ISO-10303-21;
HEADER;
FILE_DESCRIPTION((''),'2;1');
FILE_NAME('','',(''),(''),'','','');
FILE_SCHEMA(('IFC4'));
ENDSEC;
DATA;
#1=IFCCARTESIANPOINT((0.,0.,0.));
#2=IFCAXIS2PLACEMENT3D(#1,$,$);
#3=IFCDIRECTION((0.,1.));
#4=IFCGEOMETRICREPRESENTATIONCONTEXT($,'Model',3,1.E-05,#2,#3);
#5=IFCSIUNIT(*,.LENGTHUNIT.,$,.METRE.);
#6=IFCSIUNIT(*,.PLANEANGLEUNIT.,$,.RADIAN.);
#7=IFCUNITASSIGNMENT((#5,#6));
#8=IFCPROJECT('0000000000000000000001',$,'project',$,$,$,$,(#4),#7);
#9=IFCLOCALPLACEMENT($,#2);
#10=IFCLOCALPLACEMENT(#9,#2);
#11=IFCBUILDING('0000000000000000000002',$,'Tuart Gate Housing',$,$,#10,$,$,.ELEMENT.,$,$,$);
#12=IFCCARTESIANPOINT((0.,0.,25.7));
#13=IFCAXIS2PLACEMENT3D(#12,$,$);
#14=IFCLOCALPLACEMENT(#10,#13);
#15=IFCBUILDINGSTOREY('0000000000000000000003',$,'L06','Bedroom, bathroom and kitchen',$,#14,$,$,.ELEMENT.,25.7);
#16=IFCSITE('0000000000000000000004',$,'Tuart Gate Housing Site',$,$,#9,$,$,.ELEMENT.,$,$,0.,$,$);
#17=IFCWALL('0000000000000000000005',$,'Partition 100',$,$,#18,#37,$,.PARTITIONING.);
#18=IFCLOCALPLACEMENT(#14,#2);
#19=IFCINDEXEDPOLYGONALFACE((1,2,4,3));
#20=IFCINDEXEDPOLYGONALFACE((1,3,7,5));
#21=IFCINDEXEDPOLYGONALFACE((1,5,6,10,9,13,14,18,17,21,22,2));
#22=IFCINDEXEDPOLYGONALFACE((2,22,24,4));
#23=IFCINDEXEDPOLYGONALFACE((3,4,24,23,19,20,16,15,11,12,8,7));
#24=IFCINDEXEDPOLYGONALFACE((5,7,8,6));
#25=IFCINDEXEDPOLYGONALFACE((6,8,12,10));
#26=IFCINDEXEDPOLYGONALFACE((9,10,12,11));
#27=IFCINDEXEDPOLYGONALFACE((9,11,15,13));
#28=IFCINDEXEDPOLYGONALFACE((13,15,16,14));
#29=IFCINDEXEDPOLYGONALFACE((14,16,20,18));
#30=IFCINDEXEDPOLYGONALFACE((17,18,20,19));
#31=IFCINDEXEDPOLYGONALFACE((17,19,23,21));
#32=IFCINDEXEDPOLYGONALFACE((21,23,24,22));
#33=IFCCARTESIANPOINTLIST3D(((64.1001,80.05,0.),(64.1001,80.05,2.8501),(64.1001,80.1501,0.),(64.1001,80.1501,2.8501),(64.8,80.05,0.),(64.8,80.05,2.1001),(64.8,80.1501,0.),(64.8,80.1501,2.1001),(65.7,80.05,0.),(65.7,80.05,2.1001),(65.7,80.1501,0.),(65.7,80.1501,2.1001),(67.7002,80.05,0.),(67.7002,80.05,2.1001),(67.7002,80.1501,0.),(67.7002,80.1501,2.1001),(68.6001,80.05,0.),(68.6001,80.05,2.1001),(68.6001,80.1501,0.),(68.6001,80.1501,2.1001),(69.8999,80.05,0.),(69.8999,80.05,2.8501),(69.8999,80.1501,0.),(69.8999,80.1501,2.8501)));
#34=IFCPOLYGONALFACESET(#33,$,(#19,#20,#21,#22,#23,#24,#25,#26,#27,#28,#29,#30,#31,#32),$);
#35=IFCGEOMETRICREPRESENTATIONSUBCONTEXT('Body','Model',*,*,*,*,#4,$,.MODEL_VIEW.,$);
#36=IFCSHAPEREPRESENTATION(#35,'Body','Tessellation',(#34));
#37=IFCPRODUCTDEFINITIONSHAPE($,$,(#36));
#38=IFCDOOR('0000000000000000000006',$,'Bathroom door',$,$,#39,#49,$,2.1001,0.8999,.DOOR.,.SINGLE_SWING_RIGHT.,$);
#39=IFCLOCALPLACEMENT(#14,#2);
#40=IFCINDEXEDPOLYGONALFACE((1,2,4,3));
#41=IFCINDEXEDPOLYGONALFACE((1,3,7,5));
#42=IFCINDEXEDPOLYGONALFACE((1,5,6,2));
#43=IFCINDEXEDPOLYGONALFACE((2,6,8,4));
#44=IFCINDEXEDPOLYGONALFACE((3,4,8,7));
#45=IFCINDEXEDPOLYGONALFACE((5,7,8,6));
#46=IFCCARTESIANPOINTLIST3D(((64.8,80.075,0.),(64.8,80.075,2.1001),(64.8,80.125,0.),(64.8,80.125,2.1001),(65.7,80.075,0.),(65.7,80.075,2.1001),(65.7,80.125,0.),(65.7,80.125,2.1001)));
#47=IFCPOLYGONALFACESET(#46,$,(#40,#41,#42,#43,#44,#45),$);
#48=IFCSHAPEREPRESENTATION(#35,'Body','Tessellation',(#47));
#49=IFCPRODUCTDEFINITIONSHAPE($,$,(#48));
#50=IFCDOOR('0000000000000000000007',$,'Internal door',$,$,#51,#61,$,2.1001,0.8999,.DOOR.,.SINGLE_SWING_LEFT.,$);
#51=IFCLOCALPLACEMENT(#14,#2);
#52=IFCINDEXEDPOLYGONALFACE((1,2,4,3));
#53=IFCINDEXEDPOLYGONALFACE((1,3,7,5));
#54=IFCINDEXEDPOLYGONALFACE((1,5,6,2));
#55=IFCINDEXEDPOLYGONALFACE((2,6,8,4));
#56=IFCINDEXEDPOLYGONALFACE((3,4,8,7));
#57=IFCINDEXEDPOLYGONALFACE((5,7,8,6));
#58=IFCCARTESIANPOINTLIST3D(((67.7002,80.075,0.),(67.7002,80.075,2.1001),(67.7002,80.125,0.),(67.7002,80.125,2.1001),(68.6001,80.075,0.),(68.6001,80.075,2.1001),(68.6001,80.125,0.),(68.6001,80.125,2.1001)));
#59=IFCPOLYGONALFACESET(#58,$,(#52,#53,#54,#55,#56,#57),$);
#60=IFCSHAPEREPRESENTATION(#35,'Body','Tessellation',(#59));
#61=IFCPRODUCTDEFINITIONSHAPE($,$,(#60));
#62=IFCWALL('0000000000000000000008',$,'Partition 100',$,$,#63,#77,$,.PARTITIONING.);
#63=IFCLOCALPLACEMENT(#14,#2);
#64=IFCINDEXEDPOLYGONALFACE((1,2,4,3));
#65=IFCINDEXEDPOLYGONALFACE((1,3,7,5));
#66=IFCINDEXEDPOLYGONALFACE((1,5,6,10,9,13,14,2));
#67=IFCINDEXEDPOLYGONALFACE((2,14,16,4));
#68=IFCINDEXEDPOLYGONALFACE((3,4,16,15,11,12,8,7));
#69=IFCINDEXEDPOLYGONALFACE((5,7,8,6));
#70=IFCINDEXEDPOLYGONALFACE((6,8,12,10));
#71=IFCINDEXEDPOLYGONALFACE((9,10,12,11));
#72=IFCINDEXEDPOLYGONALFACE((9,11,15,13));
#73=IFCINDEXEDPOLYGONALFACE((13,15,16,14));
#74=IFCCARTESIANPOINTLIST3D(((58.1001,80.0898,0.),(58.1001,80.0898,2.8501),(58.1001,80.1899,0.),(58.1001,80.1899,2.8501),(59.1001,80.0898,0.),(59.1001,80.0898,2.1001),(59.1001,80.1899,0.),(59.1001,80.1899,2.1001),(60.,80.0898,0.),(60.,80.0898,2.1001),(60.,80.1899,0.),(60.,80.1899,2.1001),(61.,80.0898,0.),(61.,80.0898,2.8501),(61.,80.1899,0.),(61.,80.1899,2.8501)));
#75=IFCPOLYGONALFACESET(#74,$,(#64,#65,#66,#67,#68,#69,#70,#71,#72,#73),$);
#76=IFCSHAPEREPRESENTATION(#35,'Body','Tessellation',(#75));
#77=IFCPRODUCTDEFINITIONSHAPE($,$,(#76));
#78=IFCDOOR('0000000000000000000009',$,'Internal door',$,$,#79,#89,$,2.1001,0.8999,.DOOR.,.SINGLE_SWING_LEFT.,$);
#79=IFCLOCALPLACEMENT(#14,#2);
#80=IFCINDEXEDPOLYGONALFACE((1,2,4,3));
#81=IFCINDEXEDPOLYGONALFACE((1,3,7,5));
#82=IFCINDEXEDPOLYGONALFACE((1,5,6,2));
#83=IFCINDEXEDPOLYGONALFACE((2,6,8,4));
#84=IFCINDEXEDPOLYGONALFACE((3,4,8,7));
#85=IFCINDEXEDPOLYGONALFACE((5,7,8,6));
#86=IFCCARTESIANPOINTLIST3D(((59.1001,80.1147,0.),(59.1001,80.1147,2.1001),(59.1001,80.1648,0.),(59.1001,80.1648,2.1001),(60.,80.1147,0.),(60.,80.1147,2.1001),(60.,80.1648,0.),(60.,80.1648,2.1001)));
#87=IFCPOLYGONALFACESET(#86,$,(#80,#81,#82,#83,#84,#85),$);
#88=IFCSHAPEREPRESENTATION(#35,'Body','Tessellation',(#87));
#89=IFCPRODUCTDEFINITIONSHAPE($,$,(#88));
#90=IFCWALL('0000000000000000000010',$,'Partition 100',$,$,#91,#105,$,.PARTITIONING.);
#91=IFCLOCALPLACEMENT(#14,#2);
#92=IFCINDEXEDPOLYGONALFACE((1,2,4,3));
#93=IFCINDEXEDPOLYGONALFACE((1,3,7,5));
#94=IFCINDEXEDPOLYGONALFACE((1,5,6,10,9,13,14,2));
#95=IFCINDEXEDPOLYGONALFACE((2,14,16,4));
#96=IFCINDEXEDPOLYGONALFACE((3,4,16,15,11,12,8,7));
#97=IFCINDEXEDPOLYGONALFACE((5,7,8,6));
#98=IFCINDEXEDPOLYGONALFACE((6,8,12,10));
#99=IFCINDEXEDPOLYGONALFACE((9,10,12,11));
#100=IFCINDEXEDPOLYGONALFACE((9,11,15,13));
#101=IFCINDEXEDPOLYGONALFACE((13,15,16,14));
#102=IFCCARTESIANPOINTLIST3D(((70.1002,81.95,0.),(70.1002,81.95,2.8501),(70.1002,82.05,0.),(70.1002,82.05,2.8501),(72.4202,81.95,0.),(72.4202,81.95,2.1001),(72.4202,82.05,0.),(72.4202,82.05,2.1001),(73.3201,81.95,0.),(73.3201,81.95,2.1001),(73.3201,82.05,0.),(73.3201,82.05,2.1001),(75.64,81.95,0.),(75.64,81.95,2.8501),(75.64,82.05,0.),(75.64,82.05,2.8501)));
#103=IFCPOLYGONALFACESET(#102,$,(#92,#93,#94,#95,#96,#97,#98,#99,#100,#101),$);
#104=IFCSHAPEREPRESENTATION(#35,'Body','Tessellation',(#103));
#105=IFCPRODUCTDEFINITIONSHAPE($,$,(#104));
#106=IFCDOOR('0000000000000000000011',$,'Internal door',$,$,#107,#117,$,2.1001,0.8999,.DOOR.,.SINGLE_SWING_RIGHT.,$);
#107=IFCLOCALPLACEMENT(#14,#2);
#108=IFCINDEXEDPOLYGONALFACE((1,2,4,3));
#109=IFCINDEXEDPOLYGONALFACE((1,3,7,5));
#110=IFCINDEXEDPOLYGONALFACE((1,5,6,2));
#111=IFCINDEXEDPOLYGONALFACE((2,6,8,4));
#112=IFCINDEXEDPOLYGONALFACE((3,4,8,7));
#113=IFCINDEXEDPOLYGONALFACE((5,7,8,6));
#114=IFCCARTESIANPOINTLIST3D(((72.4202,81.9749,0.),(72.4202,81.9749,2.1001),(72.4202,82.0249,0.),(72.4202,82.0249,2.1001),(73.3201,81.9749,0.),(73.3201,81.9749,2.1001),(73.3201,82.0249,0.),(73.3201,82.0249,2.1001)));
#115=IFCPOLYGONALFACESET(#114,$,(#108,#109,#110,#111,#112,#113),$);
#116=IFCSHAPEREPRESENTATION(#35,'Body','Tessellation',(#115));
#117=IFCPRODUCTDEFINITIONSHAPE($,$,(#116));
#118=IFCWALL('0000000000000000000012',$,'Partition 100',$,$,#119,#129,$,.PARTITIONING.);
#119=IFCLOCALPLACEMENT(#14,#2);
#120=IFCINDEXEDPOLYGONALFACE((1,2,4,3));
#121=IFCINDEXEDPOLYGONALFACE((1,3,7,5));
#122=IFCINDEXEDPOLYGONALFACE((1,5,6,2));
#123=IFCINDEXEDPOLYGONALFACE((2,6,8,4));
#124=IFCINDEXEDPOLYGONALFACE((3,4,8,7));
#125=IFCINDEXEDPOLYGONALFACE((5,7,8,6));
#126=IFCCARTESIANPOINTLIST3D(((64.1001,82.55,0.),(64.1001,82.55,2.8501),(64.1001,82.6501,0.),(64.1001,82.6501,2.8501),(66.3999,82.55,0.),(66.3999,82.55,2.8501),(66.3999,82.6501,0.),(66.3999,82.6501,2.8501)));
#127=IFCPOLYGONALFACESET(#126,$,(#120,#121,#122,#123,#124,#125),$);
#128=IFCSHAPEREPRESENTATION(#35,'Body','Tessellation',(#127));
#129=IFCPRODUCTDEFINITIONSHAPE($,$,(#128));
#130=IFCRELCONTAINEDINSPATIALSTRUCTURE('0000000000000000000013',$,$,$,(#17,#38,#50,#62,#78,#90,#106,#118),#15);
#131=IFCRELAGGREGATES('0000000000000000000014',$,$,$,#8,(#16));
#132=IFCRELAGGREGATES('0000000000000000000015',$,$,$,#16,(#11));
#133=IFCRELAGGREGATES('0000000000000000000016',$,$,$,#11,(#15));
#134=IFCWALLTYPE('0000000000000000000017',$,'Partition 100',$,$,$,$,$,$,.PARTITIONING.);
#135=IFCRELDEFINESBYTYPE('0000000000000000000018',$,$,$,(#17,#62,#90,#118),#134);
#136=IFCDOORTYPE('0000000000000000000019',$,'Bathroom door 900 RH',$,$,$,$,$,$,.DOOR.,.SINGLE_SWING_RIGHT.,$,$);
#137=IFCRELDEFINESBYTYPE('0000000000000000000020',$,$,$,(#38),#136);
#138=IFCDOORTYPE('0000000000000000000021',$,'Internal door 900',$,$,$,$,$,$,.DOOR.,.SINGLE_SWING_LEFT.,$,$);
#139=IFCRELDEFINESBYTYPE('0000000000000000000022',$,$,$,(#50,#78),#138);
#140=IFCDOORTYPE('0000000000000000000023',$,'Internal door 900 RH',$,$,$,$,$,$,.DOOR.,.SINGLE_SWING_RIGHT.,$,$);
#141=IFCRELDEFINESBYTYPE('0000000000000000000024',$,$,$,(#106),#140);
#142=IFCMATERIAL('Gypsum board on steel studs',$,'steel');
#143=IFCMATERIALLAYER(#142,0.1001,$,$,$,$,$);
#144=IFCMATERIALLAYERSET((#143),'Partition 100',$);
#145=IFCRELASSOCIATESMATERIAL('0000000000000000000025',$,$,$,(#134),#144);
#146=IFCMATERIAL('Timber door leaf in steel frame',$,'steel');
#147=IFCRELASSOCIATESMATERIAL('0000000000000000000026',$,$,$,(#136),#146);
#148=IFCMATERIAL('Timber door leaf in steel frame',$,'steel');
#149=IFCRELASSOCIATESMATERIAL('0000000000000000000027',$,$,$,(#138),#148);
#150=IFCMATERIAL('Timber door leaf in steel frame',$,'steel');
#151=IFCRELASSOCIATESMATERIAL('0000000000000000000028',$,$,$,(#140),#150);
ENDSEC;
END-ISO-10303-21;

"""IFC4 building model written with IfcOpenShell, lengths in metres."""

from ifc_helpers import new_model, si_unit, direction, frame, frame_2d, origin, place, context, subcontext, project, spatial, rectangle, extrude, material, layer, layer_set, type_object, element, fill, save


model = new_model("IFC4")

# Units and contexts
model_context = context("Model", 3, precision=1e-05, world=origin(), true_north=direction((0.0, 1.0)))
body_context = subcontext(model_context, "Body", "Model", "MODEL_VIEW")
ifc_project = project(units=[si_unit("LENGTHUNIT", "METRE"), si_unit("PLANEANGLEUNIT", "RADIAN")], contexts=[model_context])

# Site, building, storey
site_placement = place(None, origin())
site = spatial("IfcSite", under=ifc_project, at=site_placement, Name="Tuart Gate Housing Site", CompositionType="ELEMENT", RefElevation=0.0)
building_placement = place(site_placement, origin())
building = spatial("IfcBuilding", under=site, at=building_placement, Name="Tuart Gate Housing", CompositionType="ELEMENT")
storey_placement = place(building_placement, frame((0.0, 0.0, 25.7)))
storey = spatial("IfcBuildingStorey", under=building, at=storey_placement, Name="L06", Description="Bedroom, bathroom and kitchen", CompositionType="ELEMENT", Elevation=25.7)

# Shared definitions
ifc_material_1 = material(Name="Gypsum board on steel studs", Category="steel")
ifc_layer_1 = layer(ifc_material_1, 0.1001)
ifc_layer_set_1 = layer_set([ifc_layer_1], Name="Partition 100")
wall_type_1 = type_object("IfcWallType", Name="Partition 100", PredefinedType="PARTITIONING", material=ifc_layer_set_1)

# Wall, openings, doors
wall_1_placement = place(storey_placement, frame((64.1001, 80.1001, 0.0), z_axis=(0.0, 0.0, 1.0), x_axis=(1.0, 0.0, 0.0)))
wall_1 = element("IfcWall", 1, at=wall_1_placement, inside=storey, type_object=wall_type_1, Name="Partition 100", PredefinedType="PARTITIONING", context=body_context, shape_type="SweptSolid", body=[
    extrude(rectangle(XDim=5.7998, YDim=0.1001, at=frame_2d((2.8999, 0.0))), origin(), (0.0, 0.0, 1.0), 2.8501),
])
opening_1_placement = place(wall_1_placement, frame((3.6001, 0.0, 0.0)))
opening_1 = element("IfcOpeningElement", 2, at=opening_1_placement, cuts=wall_1, PredefinedType="OPENING", context=body_context, shape_type="SweptSolid", body=[
    extrude(rectangle(XDim=0.8999, YDim=2.1001, at=frame_2d((0.45, 1.05))), frame((0.0, 0.0601, 0.0), z_axis=(0.0, -1.0, 0.0), x_axis=(1.0, 0.0, 0.0)), (0.0, 0.0, 1.0), 0.1201),
])
opening_2_placement = place(wall_1_placement, frame((0.7, 0.0, 0.0)))
opening_2 = element("IfcOpeningElement", 3, at=opening_2_placement, cuts=wall_1, PredefinedType="OPENING", context=body_context, shape_type="SweptSolid", body=[
    extrude(rectangle(XDim=0.8999, YDim=2.1001, at=frame_2d((0.45, 1.05))), frame((0.0, 0.0601, 0.0), z_axis=(0.0, -1.0, 0.0), x_axis=(1.0, 0.0, 0.0)), (0.0, 0.0, 1.0), 0.1201),
])
ifc_material_2 = material(Name="Timber door leaf in steel frame", Category="steel")
door_type_1 = type_object("IfcDoorType", Name="Bathroom door 900 RH", OperationType="SINGLE_SWING_RIGHT", PredefinedType="DOOR", material=ifc_material_2)
door_1_placement = place(opening_2_placement, origin())
door_1 = element("IfcDoor", 4, at=door_1_placement, inside=storey, type_object=door_type_1, Name="Bathroom door", OperationType="SINGLE_SWING_RIGHT", OverallHeight=2.1001, OverallWidth=0.8999, PredefinedType="DOOR", context=body_context, shape_type="SweptSolid", body=[
    extrude(rectangle(XDim=0.8999, YDim=2.1001, at=frame_2d((0.45, 1.05))), frame((0.0, 0.0249, 0.0), z_axis=(0.0, -1.0, 0.0), x_axis=(1.0, 0.0, 0.0)), (0.0, 0.0, 1.0), 0.05),
])
fill(opening_2, door_1)
ifc_material_3 = material(Name="Timber door leaf in steel frame", Category="steel")
door_type_2 = type_object("IfcDoorType", Name="Internal door 900", OperationType="SINGLE_SWING_LEFT", PredefinedType="DOOR", material=ifc_material_3)
door_2_placement = place(opening_1_placement, origin())
door_2 = element("IfcDoor", 5, at=door_2_placement, inside=storey, type_object=door_type_2, Name="Internal door", OperationType="SINGLE_SWING_LEFT", OverallHeight=2.1001, OverallWidth=0.8999, PredefinedType="DOOR", context=body_context, shape_type="SweptSolid", body=[
    extrude(rectangle(XDim=0.8999, YDim=2.1001, at=frame_2d((0.45, 1.05))), frame((0.0, 0.0249, 0.0), z_axis=(0.0, -1.0, 0.0), x_axis=(1.0, 0.0, 0.0)), (0.0, 0.0, 1.0), 0.05),
])
fill(opening_1, door_2)

# Walls, openings, doors
wall_2_placement = place(storey_placement, frame((58.1001, 80.1399, 0.0), z_axis=(0.0, 0.0, 1.0), x_axis=(1.0, 0.0, 0.0)))
wall_2 = element("IfcWall", 6, at=wall_2_placement, inside=storey, type_object=wall_type_1, Name="Partition 100", PredefinedType="PARTITIONING", context=body_context, shape_type="SweptSolid", body=[
    extrude(rectangle(XDim=2.8999, YDim=0.1001, at=frame_2d((1.45, 0.0))), origin(), (0.0, 0.0, 1.0), 2.8501),
])
opening_3_placement = place(wall_2_placement, frame((1.0, 0.0, 0.0)))
opening_3 = element("IfcOpeningElement", 7, at=opening_3_placement, cuts=wall_2, PredefinedType="OPENING", context=body_context, shape_type="SweptSolid", body=[
    extrude(rectangle(XDim=0.8999, YDim=2.1001, at=frame_2d((0.45, 1.05))), frame((0.0, 0.0601, 0.0), z_axis=(0.0, -1.0, 0.0), x_axis=(1.0, 0.0, 0.0)), (0.0, 0.0, 1.0), 0.1201),
])
door_3_placement = place(opening_3_placement, frame((0.8999, 0.0, 0.0), z_axis=(0.0, 0.0, 1.0), x_axis=(-1.0, 0.0, 0.0)))
door_3 = element("IfcDoor", 8, at=door_3_placement, inside=storey, type_object=door_type_2, Name="Internal door", OperationType="SINGLE_SWING_LEFT", OverallHeight=2.1001, OverallWidth=0.8999, PredefinedType="DOOR", context=body_context, shape_type="SweptSolid", body=[
    extrude(rectangle(XDim=0.8999, YDim=2.1001, at=frame_2d((0.45, 1.05))), frame((0.0, 0.0251, 0.0), z_axis=(0.0, -1.0, 0.0), x_axis=(1.0, 0.0, 0.0)), (0.0, 0.0, 1.0), 0.05),
])
fill(opening_3, door_3)
wall_3_placement = place(storey_placement, frame((70.1001, 82.0, 0.0), z_axis=(0.0, 0.0, 1.0), x_axis=(1.0, 0.0, 0.0)))
wall_3 = element("IfcWall", 9, at=wall_3_placement, inside=storey, type_object=wall_type_1, Name="Partition 100", PredefinedType="PARTITIONING", context=body_context, shape_type="SweptSolid", body=[
    extrude(rectangle(XDim=5.5398, YDim=0.1001, at=frame_2d((2.77, 0.0))), origin(), (0.0, 0.0, 1.0), 2.8501),
])
opening_4_placement = place(wall_3_placement, frame((2.3201, 0.0, 0.0)))
opening_4 = element("IfcOpeningElement", 10, at=opening_4_placement, cuts=wall_3, PredefinedType="OPENING", context=body_context, shape_type="SweptSolid", body=[
    extrude(rectangle(XDim=0.8999, YDim=2.1001, at=frame_2d((0.45, 1.05))), frame((0.0, 0.0601, 0.0), z_axis=(0.0, -1.0, 0.0), x_axis=(1.0, 0.0, 0.0)), (0.0, 0.0, 1.0), 0.1201),
])
ifc_material_4 = material(Name="Timber door leaf in steel frame", Category="steel")
door_type_3 = type_object("IfcDoorType", Name="Internal door 900 RH", OperationType="SINGLE_SWING_RIGHT", PredefinedType="DOOR", material=ifc_material_4)
door_4_placement = place(opening_4_placement, origin())
door_4 = element("IfcDoor", 11, at=door_4_placement, inside=storey, type_object=door_type_3, Name="Internal door", OperationType="SINGLE_SWING_RIGHT", OverallHeight=2.1001, OverallWidth=0.8999, PredefinedType="DOOR", context=body_context, shape_type="SweptSolid", body=[
    extrude(rectangle(XDim=0.8999, YDim=2.1001, at=frame_2d((0.45, 1.05))), frame((0.0, 0.0249, 0.0), z_axis=(0.0, -1.0, 0.0), x_axis=(1.0, 0.0, 0.0)), (0.0, 0.0, 1.0), 0.05),
])
fill(opening_4, door_4)

# Wall
wall_4_placement = place(storey_placement, frame((64.1001, 82.6001, 0.0), z_axis=(0.0, 0.0, 1.0), x_axis=(1.0, 0.0, 0.0)))
element("IfcWall", 12, at=wall_4_placement, inside=storey, type_object=wall_type_1, Name="Partition 100", PredefinedType="PARTITIONING", context=body_context, shape_type="SweptSolid", body=[
    extrude(rectangle(XDim=2.2998, YDim=0.1001, at=frame_2d((1.1499, 0.0))), origin(), (0.0, 0.0, 1.0), 2.8501),
])

save(model, "model.ifc")
